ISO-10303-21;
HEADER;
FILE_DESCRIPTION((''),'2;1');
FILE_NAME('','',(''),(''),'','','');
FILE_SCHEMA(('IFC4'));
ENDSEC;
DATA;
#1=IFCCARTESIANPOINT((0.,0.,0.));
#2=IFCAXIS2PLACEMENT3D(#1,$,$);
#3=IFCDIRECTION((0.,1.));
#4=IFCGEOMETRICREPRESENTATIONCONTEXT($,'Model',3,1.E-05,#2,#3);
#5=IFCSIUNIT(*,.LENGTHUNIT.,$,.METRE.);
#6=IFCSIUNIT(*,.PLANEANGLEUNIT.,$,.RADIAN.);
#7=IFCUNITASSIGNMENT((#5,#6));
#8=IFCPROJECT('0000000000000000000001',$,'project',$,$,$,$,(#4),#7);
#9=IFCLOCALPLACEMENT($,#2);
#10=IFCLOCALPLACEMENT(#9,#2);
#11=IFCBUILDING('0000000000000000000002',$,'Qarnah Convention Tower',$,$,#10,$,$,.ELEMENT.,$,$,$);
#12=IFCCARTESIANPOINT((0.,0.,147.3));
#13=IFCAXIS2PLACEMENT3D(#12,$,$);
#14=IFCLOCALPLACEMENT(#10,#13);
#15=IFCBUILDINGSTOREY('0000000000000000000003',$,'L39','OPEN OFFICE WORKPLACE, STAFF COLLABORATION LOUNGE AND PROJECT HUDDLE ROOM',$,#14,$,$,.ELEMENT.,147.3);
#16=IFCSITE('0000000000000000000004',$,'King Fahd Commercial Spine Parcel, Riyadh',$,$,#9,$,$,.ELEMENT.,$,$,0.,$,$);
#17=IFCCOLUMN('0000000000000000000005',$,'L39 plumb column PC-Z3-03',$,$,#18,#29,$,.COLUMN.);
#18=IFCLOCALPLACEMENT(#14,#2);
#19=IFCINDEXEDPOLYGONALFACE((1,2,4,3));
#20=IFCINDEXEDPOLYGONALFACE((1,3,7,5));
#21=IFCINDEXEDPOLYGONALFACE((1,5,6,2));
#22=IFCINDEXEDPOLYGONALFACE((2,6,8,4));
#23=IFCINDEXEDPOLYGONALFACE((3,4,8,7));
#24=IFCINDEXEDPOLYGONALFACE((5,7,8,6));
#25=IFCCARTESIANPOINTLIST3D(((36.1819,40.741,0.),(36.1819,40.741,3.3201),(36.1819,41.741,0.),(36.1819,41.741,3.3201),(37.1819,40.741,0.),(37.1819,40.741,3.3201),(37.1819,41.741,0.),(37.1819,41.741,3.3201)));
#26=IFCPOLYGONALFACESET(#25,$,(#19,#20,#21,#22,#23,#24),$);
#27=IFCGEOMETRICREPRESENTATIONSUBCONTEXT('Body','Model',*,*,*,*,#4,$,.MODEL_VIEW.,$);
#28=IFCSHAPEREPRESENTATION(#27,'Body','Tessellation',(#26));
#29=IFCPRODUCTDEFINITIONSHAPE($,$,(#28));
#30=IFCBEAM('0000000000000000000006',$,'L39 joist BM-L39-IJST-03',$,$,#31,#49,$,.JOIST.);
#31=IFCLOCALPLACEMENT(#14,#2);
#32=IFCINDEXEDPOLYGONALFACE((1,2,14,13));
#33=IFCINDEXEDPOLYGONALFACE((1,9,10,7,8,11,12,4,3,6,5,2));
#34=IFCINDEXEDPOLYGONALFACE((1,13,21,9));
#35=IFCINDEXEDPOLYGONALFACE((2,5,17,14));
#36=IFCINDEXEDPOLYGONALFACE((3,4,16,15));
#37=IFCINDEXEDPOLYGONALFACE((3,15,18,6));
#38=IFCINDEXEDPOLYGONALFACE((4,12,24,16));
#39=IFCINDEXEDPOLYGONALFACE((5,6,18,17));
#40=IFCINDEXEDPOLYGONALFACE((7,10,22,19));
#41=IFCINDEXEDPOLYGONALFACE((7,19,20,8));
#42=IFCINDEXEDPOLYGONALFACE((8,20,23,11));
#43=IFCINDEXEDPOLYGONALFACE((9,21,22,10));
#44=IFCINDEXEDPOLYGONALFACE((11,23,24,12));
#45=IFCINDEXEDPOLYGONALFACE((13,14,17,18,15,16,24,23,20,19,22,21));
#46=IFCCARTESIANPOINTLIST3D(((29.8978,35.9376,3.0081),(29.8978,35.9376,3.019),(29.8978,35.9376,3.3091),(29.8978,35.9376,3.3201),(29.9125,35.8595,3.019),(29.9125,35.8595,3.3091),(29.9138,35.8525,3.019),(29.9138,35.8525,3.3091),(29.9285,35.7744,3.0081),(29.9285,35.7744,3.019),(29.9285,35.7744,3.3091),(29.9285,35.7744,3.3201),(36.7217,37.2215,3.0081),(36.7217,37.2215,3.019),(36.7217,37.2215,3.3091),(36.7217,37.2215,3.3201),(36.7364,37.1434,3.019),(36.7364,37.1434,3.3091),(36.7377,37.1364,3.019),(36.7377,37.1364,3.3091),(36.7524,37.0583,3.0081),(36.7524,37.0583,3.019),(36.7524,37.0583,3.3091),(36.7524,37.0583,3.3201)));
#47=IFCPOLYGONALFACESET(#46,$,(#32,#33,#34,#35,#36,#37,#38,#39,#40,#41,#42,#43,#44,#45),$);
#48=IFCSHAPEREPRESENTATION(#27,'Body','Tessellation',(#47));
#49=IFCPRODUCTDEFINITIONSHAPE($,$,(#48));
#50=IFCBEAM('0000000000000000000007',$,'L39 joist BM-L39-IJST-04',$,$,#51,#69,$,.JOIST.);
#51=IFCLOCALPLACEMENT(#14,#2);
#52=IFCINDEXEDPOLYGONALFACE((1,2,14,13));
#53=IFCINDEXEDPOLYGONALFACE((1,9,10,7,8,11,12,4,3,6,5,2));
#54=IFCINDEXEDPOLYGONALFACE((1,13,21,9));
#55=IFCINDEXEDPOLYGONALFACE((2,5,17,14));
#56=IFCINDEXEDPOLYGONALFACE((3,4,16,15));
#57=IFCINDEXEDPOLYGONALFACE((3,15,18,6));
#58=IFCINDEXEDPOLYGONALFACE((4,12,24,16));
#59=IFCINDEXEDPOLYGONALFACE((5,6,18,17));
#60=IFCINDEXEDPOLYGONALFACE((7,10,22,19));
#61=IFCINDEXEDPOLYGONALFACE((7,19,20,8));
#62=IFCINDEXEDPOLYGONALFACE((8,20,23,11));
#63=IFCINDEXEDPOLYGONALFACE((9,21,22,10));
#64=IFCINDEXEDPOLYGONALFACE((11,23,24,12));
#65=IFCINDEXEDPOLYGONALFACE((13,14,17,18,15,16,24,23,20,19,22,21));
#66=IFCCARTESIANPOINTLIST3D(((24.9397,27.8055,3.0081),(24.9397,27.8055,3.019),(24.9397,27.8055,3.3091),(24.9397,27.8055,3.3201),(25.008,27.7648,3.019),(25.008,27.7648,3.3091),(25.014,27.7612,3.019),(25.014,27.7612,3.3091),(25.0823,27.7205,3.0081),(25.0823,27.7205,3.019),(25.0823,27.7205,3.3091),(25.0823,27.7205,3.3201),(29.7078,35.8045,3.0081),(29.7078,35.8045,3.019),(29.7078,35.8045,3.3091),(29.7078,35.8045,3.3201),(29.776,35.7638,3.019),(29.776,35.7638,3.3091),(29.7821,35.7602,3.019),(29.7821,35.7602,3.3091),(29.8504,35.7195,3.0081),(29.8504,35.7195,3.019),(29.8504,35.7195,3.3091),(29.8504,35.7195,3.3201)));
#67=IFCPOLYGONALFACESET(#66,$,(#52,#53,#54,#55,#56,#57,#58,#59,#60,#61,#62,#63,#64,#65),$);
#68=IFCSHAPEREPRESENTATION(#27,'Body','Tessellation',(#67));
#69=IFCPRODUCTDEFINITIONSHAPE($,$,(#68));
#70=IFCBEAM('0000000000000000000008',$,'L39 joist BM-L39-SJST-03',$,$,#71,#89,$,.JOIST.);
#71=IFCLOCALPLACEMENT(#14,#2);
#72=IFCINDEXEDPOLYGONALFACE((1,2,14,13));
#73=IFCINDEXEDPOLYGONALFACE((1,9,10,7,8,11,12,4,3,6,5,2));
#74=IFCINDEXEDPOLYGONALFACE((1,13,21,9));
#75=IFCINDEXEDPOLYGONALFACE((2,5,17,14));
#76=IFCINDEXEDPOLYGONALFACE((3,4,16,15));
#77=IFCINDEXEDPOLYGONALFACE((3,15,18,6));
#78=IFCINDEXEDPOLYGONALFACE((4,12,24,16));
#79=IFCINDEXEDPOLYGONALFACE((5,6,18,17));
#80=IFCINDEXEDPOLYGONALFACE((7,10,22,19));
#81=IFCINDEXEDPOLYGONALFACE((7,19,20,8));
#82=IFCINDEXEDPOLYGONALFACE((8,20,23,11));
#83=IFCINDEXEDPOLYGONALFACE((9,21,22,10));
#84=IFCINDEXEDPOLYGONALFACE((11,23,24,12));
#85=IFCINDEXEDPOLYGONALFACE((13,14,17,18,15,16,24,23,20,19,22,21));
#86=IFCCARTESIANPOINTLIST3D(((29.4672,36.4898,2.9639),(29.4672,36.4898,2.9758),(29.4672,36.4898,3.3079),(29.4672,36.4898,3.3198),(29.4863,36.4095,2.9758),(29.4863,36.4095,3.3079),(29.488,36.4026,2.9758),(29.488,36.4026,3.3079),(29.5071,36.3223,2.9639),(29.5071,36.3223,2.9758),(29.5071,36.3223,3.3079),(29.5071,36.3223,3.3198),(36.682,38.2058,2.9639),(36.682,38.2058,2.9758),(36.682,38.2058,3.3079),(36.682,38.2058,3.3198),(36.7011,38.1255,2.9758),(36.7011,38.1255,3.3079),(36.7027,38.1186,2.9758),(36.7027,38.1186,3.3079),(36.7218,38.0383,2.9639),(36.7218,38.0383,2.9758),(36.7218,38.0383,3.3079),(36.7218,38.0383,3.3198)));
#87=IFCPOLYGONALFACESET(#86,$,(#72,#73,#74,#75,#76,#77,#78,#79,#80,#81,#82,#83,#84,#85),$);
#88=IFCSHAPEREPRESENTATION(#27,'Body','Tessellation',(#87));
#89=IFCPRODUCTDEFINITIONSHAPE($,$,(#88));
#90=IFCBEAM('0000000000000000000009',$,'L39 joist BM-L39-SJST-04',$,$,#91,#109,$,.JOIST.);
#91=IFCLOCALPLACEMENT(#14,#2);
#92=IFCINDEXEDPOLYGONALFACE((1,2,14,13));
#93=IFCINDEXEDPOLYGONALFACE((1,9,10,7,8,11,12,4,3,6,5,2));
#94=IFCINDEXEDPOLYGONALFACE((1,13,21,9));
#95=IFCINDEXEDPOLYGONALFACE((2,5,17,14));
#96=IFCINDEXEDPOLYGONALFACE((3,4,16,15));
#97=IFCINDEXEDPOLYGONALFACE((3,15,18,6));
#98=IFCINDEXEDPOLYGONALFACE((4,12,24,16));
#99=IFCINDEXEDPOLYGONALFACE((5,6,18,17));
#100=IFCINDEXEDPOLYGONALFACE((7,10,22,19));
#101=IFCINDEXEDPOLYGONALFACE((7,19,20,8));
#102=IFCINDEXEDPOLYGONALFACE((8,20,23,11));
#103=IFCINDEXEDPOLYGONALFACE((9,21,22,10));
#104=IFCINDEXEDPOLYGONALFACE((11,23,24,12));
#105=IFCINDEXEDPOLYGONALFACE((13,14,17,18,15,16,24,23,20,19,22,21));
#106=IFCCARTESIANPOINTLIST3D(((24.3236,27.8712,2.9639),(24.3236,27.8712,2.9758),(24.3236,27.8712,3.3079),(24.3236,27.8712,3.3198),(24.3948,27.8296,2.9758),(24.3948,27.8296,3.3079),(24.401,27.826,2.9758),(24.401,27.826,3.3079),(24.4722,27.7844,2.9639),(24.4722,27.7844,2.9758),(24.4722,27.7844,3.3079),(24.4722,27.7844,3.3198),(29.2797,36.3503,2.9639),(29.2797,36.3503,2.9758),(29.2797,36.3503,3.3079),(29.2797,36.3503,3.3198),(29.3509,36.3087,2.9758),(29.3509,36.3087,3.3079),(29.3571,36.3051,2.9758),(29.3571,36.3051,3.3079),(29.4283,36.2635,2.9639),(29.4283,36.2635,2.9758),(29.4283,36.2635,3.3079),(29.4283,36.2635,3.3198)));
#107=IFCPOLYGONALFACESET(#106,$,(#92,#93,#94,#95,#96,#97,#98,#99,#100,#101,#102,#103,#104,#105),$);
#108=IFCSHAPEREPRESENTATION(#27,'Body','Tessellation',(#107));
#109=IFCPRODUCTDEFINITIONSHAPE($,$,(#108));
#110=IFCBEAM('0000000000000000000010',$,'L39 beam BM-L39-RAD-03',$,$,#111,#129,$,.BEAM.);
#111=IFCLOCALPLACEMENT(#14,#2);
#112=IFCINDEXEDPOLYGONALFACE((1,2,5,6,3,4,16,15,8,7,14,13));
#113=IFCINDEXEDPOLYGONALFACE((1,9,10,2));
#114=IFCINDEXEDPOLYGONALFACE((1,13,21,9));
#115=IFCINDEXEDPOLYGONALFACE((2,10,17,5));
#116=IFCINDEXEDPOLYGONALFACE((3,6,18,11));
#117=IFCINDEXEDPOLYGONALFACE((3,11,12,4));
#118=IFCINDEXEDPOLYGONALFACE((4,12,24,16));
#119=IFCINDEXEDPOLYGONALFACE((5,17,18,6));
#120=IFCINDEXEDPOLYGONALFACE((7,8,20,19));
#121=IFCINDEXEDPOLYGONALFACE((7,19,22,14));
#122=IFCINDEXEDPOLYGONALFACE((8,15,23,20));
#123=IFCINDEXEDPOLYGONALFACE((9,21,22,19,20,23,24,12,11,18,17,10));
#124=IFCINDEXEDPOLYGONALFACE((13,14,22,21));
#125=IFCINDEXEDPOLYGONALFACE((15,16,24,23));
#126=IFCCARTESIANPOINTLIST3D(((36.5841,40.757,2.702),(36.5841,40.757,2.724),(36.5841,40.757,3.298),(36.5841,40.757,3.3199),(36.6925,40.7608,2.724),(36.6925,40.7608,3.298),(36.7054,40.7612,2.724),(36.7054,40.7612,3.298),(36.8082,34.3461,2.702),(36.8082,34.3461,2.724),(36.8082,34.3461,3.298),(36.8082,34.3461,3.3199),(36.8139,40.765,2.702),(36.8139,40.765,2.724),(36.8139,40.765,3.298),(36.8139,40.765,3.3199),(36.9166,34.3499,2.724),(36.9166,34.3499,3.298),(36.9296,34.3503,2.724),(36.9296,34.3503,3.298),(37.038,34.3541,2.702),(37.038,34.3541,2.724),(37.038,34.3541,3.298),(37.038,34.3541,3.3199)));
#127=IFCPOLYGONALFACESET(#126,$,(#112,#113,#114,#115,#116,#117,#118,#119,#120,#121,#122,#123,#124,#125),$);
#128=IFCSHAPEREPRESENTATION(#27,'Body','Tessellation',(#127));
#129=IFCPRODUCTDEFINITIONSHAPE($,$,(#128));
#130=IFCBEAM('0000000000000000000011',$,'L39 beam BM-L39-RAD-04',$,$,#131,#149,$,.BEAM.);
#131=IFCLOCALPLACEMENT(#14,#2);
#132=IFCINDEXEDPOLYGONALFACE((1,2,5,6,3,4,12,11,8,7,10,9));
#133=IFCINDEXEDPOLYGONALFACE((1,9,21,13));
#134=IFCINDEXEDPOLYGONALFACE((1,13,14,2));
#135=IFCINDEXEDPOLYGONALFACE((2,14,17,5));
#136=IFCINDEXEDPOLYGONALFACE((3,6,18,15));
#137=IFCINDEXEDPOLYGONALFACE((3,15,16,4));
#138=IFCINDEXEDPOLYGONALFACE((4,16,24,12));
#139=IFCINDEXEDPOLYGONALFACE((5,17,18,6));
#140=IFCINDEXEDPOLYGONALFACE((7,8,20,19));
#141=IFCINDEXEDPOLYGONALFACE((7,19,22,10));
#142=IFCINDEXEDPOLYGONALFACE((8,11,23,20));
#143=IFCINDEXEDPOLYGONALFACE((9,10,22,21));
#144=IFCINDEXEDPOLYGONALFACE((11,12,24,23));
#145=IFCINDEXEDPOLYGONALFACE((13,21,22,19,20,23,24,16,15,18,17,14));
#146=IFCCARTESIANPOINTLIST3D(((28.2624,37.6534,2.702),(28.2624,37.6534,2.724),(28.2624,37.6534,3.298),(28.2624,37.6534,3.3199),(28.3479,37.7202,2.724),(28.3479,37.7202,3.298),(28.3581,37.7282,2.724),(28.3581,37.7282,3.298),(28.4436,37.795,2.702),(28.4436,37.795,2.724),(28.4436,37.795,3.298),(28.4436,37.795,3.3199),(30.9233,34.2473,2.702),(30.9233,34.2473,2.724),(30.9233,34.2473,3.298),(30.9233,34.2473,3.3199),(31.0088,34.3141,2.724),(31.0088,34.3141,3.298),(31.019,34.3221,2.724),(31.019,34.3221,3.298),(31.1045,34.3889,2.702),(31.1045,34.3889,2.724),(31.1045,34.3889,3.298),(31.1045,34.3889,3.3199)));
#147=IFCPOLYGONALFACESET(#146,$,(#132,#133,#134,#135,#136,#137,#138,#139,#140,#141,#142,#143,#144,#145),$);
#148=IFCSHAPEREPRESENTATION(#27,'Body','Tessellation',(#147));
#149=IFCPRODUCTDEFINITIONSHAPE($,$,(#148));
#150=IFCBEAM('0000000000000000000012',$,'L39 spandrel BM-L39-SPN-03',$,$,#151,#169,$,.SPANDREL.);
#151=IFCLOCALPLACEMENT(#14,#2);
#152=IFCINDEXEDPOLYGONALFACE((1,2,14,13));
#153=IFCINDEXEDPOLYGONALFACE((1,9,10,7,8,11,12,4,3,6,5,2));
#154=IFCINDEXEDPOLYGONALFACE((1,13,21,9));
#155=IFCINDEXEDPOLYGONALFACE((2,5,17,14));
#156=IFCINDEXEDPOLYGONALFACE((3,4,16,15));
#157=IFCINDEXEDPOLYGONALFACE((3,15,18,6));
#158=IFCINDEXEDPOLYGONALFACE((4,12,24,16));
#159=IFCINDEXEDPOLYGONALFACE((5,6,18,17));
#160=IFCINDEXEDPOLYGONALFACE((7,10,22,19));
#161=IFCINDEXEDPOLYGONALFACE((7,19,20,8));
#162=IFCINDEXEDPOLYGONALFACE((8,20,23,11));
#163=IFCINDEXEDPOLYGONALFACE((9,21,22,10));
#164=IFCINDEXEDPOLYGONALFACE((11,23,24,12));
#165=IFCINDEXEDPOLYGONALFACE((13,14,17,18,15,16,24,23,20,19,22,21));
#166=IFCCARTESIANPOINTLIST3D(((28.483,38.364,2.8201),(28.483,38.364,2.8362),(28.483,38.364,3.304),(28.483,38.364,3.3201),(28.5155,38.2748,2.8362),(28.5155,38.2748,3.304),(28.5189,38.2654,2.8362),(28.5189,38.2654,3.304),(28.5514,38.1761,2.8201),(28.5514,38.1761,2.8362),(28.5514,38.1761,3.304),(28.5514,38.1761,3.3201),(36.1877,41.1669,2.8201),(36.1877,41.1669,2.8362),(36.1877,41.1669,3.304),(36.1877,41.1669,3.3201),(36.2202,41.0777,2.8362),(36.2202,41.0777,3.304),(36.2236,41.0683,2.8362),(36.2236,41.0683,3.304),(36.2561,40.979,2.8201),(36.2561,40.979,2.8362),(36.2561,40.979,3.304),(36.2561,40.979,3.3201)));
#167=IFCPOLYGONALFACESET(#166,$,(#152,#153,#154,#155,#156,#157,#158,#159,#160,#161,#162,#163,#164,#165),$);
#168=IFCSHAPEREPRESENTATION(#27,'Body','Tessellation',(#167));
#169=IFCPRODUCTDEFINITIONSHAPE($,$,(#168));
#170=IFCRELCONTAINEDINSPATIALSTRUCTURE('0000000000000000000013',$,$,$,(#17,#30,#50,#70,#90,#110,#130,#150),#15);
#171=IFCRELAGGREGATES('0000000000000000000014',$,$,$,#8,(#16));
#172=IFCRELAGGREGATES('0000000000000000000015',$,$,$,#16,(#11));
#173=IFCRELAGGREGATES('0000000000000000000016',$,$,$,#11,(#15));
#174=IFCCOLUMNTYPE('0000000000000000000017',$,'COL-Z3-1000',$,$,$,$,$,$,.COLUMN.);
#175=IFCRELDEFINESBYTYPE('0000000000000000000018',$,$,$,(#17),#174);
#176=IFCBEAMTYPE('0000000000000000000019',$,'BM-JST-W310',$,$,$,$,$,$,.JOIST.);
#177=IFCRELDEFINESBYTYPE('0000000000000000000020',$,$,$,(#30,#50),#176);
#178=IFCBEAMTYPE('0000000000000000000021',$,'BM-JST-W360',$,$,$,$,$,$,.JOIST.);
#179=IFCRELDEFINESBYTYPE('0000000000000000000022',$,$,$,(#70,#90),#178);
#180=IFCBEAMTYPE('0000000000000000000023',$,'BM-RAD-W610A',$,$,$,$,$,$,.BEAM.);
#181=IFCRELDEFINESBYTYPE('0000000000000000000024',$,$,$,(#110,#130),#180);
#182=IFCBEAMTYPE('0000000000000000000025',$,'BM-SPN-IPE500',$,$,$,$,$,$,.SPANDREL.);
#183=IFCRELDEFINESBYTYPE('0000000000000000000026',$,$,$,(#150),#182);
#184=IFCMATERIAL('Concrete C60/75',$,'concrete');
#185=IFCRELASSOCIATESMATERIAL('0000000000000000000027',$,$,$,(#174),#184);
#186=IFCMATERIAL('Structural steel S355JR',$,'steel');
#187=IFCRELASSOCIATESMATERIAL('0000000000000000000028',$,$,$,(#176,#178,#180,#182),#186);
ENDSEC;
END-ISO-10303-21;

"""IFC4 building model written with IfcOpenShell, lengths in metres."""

from ifc_helpers import new_model, si_unit, direction, frame, origin, origin_2d, place, context, subcontext, project, spatial, rectangle, i_section, extrude, material, material_profile, profile_set, type_object, element, save


model = new_model("IFC4")

# Units and contexts
model_context = context("Model", 3, precision=1e-05, world=origin(), true_north=direction((0.0, 1.0)))
body_context = subcontext(model_context, "Body", "Model", "MODEL_VIEW")
ifc_project = project(units=[si_unit("LENGTHUNIT", "METRE"), si_unit("PLANEANGLEUNIT", "RADIAN")], contexts=[model_context])

# Site, building, storey
site_placement = place(None, origin())
site = spatial("IfcSite", under=ifc_project, at=site_placement, Name="King Fahd Commercial Spine Parcel, Riyadh", CompositionType="ELEMENT", RefElevation=0.0)
building_placement = place(site_placement, origin())
building = spatial("IfcBuilding", under=site, at=building_placement, Name="Qarnah Convention Tower", CompositionType="ELEMENT")
storey_placement = place(building_placement, frame((0.0, 0.0, 147.3)))
storey = spatial("IfcBuildingStorey", under=building, at=storey_placement, Name="L39", Description="OPEN OFFICE WORKPLACE, STAFF COLLABORATION LOUNGE AND PROJECT HUDDLE ROOM", CompositionType="ELEMENT", Elevation=147.3)

# Column
ifc_material_1 = material(Name="Concrete C60/75", Category="concrete")
ifc_material_profile_1 = material_profile(ifc_material_1, rectangle(XDim=1.0, YDim=1.0, at=origin_2d()), Name="RC-COL-1000X1000")
ifc_profile_set_1 = profile_set([ifc_material_profile_1], Name="Concrete C60/75")
column_type = type_object("IfcColumnType", Name="COL-Z3-1000", PredefinedType="COLUMN", material=ifc_profile_set_1)
column_placement = place(storey_placement, frame((36.6819, 41.241, 0.0), z_axis=(0.0, 0.0, 1.0), x_axis=(1.0, 0.0, 0.0)))
element("IfcColumn", 1, at=column_placement, inside=storey, type_object=column_type, Name="L39 plumb column PC-Z3-03", PredefinedType="COLUMN", context=body_context, shape_type="SweptSolid", body=[
    extrude(rectangle(XDim=1.0, YDim=1.0, at=origin_2d()), origin(), (0.0, 0.0, 1.0), 3.3201),
])

# Beams
ifc_material_2 = material(Name="Structural steel S355JR", Category="steel")
ifc_material_profile_2 = material_profile(ifc_material_2, i_section(OverallWidth=0.166, OverallDepth=0.312, WebThickness=0.0071, FlangeThickness=0.011, at=origin_2d()), Name="W310X45")
ifc_profile_set_2 = profile_set([ifc_material_profile_2], Name="Structural steel S355JR")
beam_type_1 = type_object("IfcBeamType", Name="BM-JST-W310", PredefinedType="JOIST", material=ifc_profile_set_2)
beam_1_placement = place(storey_placement, frame((36.7371, 37.1399, 3.1641), z_axis=(-0.982756, -0.184906, 0.0), x_axis=(0.184906, -0.982756, 0.0)))
element("IfcBeam", 2, at=beam_1_placement, inside=storey, type_object=beam_type_1, Name="L39 joist BM-L39-IJST-03", PredefinedType="JOIST", context=body_context, shape_type="SweptSolid", body=[
    extrude(i_section(OverallWidth=0.166, OverallDepth=0.312, WebThickness=0.0071, FlangeThickness=0.011, at=origin_2d()), origin(), (0.0, 0.0, 1.0), 6.9436),
])
beam_2_placement = place(storey_placement, frame((29.7791, 35.762, 3.1641), z_axis=(-0.512018, -0.858974, 0.0), x_axis=(0.858974, -0.512018, 0.0)))
element("IfcBeam", 3, at=beam_2_placement, inside=storey, type_object=beam_type_1, Name="L39 joist BM-L39-IJST-04", PredefinedType="JOIST", context=body_context, shape_type="SweptSolid", body=[
    extrude(i_section(OverallWidth=0.166, OverallDepth=0.312, WebThickness=0.0071, FlangeThickness=0.011, at=origin_2d()), origin(), (0.0, 0.0, 1.0), 9.3123),
])
ifc_material_profile_3 = material_profile(ifc_material_2, i_section(OverallWidth=0.1721, OverallDepth=0.356, WebThickness=0.0071, FlangeThickness=0.012, at=origin_2d()), Name="W360X51")
ifc_profile_set_3 = profile_set([ifc_material_profile_3], Name="Structural steel S355JR")
beam_type_2 = type_object("IfcBeamType", Name="BM-JST-W360", PredefinedType="JOIST", material=ifc_profile_set_3)
beam_3_placement = place(storey_placement, frame((36.7019, 38.1221, 3.1418), z_axis=(-0.97286, -0.231397, 0.0), x_axis=(0.231397, -0.97286, 0.0)))
element("IfcBeam", 4, at=beam_3_placement, inside=storey, type_object=beam_type_2, Name="L39 joist BM-L39-SJST-03", PredefinedType="JOIST", context=body_context, shape_type="SweptSolid", body=[
    extrude(i_section(OverallWidth=0.1721, OverallDepth=0.356, WebThickness=0.0071, FlangeThickness=0.012, at=origin_2d()), origin(), (0.0, 0.0, 1.0), 7.416),
])
beam_4_placement = place(storey_placement, frame((29.354, 36.3069, 3.1418), z_axis=(-0.504628, -0.863337, 0.0), x_axis=(0.863337, -0.504628, 0.0)))
element("IfcBeam", 5, at=beam_4_placement, inside=storey, type_object=beam_type_2, Name="L39 joist BM-L39-SJST-04", PredefinedType="JOIST", context=body_context, shape_type="SweptSolid", body=[
    extrude(i_section(OverallWidth=0.1721, OverallDepth=0.356, WebThickness=0.0071, FlangeThickness=0.012, at=origin_2d()), origin(), (0.0, 0.0, 1.0), 9.8213),
])
ifc_material_profile_4 = material_profile(ifc_material_2, i_section(OverallWidth=0.23, OverallDepth=0.6179, WebThickness=0.0129, FlangeThickness=0.022, at=origin_2d()), Name="W610X140")
ifc_profile_set_4 = profile_set([ifc_material_profile_4], Name="Structural steel S355JR")
beam_type_3 = type_object("IfcBeamType", Name="BM-RAD-W610A", PredefinedType="BEAM", material=ifc_profile_set_4)
beam_5_placement = place(storey_placement, frame((36.9231, 34.3501, 3.011), z_axis=(-0.034938, 0.999389, 0.0), x_axis=(-0.999389, -0.034938, 0.0)))
element("IfcBeam", 6, at=beam_5_placement, inside=storey, type_object=beam_type_3, Name="L39 beam BM-L39-RAD-03", PredefinedType="BEAM", context=body_context, shape_type="SweptSolid", body=[
    extrude(i_section(OverallWidth=0.23, OverallDepth=0.6179, WebThickness=0.0129, FlangeThickness=0.022, at=origin_2d()), origin(), (0.0, 0.0, 1.0), 6.4148),
])
beam_6_placement = place(storey_placement, frame((31.0139, 34.3181, 3.011), z_axis=(-0.615636, 0.78803, 0.0), x_axis=(-0.78803, -0.615636, 0.0)))
element("IfcBeam", 7, at=beam_6_placement, inside=storey, type_object=beam_type_3, Name="L39 beam BM-L39-RAD-04", PredefinedType="BEAM", context=body_context, shape_type="SweptSolid", body=[
    extrude(i_section(OverallWidth=0.23, OverallDepth=0.6179, WebThickness=0.0129, FlangeThickness=0.022, at=origin_2d()), origin(), (0.0, 0.0, 1.0), 4.3223),
])
ifc_material_profile_5 = material_profile(ifc_material_2, i_section(OverallWidth=0.2, OverallDepth=0.5, WebThickness=0.01, FlangeThickness=0.0161, at=origin_2d()), Name="IPE500")
ifc_profile_set_5 = profile_set([ifc_material_profile_5], Name="Structural steel S355JR")
beam_type_4 = type_object("IfcBeamType", Name="BM-SPN-IPE500", PredefinedType="SPANDREL", material=ifc_profile_set_5)
beam_7_placement = place(storey_placement, frame((36.2219, 41.073, 3.0701), z_axis=(-0.939746, -0.341875, 0.0), x_axis=(0.341875, -0.939746, 0.0)))
element("IfcBeam", 8, at=beam_7_placement, inside=storey, type_object=beam_type_4, Name="L39 spandrel BM-L39-SPN-03", PredefinedType="SPANDREL", context=body_context, shape_type="SweptSolid", body=[
    extrude(i_section(OverallWidth=0.2, OverallDepth=0.5, WebThickness=0.01, FlangeThickness=0.0161, at=origin_2d()), origin(), (0.0, 0.0, 1.0), 8.1987),
])

save(model, "model.ifc")
